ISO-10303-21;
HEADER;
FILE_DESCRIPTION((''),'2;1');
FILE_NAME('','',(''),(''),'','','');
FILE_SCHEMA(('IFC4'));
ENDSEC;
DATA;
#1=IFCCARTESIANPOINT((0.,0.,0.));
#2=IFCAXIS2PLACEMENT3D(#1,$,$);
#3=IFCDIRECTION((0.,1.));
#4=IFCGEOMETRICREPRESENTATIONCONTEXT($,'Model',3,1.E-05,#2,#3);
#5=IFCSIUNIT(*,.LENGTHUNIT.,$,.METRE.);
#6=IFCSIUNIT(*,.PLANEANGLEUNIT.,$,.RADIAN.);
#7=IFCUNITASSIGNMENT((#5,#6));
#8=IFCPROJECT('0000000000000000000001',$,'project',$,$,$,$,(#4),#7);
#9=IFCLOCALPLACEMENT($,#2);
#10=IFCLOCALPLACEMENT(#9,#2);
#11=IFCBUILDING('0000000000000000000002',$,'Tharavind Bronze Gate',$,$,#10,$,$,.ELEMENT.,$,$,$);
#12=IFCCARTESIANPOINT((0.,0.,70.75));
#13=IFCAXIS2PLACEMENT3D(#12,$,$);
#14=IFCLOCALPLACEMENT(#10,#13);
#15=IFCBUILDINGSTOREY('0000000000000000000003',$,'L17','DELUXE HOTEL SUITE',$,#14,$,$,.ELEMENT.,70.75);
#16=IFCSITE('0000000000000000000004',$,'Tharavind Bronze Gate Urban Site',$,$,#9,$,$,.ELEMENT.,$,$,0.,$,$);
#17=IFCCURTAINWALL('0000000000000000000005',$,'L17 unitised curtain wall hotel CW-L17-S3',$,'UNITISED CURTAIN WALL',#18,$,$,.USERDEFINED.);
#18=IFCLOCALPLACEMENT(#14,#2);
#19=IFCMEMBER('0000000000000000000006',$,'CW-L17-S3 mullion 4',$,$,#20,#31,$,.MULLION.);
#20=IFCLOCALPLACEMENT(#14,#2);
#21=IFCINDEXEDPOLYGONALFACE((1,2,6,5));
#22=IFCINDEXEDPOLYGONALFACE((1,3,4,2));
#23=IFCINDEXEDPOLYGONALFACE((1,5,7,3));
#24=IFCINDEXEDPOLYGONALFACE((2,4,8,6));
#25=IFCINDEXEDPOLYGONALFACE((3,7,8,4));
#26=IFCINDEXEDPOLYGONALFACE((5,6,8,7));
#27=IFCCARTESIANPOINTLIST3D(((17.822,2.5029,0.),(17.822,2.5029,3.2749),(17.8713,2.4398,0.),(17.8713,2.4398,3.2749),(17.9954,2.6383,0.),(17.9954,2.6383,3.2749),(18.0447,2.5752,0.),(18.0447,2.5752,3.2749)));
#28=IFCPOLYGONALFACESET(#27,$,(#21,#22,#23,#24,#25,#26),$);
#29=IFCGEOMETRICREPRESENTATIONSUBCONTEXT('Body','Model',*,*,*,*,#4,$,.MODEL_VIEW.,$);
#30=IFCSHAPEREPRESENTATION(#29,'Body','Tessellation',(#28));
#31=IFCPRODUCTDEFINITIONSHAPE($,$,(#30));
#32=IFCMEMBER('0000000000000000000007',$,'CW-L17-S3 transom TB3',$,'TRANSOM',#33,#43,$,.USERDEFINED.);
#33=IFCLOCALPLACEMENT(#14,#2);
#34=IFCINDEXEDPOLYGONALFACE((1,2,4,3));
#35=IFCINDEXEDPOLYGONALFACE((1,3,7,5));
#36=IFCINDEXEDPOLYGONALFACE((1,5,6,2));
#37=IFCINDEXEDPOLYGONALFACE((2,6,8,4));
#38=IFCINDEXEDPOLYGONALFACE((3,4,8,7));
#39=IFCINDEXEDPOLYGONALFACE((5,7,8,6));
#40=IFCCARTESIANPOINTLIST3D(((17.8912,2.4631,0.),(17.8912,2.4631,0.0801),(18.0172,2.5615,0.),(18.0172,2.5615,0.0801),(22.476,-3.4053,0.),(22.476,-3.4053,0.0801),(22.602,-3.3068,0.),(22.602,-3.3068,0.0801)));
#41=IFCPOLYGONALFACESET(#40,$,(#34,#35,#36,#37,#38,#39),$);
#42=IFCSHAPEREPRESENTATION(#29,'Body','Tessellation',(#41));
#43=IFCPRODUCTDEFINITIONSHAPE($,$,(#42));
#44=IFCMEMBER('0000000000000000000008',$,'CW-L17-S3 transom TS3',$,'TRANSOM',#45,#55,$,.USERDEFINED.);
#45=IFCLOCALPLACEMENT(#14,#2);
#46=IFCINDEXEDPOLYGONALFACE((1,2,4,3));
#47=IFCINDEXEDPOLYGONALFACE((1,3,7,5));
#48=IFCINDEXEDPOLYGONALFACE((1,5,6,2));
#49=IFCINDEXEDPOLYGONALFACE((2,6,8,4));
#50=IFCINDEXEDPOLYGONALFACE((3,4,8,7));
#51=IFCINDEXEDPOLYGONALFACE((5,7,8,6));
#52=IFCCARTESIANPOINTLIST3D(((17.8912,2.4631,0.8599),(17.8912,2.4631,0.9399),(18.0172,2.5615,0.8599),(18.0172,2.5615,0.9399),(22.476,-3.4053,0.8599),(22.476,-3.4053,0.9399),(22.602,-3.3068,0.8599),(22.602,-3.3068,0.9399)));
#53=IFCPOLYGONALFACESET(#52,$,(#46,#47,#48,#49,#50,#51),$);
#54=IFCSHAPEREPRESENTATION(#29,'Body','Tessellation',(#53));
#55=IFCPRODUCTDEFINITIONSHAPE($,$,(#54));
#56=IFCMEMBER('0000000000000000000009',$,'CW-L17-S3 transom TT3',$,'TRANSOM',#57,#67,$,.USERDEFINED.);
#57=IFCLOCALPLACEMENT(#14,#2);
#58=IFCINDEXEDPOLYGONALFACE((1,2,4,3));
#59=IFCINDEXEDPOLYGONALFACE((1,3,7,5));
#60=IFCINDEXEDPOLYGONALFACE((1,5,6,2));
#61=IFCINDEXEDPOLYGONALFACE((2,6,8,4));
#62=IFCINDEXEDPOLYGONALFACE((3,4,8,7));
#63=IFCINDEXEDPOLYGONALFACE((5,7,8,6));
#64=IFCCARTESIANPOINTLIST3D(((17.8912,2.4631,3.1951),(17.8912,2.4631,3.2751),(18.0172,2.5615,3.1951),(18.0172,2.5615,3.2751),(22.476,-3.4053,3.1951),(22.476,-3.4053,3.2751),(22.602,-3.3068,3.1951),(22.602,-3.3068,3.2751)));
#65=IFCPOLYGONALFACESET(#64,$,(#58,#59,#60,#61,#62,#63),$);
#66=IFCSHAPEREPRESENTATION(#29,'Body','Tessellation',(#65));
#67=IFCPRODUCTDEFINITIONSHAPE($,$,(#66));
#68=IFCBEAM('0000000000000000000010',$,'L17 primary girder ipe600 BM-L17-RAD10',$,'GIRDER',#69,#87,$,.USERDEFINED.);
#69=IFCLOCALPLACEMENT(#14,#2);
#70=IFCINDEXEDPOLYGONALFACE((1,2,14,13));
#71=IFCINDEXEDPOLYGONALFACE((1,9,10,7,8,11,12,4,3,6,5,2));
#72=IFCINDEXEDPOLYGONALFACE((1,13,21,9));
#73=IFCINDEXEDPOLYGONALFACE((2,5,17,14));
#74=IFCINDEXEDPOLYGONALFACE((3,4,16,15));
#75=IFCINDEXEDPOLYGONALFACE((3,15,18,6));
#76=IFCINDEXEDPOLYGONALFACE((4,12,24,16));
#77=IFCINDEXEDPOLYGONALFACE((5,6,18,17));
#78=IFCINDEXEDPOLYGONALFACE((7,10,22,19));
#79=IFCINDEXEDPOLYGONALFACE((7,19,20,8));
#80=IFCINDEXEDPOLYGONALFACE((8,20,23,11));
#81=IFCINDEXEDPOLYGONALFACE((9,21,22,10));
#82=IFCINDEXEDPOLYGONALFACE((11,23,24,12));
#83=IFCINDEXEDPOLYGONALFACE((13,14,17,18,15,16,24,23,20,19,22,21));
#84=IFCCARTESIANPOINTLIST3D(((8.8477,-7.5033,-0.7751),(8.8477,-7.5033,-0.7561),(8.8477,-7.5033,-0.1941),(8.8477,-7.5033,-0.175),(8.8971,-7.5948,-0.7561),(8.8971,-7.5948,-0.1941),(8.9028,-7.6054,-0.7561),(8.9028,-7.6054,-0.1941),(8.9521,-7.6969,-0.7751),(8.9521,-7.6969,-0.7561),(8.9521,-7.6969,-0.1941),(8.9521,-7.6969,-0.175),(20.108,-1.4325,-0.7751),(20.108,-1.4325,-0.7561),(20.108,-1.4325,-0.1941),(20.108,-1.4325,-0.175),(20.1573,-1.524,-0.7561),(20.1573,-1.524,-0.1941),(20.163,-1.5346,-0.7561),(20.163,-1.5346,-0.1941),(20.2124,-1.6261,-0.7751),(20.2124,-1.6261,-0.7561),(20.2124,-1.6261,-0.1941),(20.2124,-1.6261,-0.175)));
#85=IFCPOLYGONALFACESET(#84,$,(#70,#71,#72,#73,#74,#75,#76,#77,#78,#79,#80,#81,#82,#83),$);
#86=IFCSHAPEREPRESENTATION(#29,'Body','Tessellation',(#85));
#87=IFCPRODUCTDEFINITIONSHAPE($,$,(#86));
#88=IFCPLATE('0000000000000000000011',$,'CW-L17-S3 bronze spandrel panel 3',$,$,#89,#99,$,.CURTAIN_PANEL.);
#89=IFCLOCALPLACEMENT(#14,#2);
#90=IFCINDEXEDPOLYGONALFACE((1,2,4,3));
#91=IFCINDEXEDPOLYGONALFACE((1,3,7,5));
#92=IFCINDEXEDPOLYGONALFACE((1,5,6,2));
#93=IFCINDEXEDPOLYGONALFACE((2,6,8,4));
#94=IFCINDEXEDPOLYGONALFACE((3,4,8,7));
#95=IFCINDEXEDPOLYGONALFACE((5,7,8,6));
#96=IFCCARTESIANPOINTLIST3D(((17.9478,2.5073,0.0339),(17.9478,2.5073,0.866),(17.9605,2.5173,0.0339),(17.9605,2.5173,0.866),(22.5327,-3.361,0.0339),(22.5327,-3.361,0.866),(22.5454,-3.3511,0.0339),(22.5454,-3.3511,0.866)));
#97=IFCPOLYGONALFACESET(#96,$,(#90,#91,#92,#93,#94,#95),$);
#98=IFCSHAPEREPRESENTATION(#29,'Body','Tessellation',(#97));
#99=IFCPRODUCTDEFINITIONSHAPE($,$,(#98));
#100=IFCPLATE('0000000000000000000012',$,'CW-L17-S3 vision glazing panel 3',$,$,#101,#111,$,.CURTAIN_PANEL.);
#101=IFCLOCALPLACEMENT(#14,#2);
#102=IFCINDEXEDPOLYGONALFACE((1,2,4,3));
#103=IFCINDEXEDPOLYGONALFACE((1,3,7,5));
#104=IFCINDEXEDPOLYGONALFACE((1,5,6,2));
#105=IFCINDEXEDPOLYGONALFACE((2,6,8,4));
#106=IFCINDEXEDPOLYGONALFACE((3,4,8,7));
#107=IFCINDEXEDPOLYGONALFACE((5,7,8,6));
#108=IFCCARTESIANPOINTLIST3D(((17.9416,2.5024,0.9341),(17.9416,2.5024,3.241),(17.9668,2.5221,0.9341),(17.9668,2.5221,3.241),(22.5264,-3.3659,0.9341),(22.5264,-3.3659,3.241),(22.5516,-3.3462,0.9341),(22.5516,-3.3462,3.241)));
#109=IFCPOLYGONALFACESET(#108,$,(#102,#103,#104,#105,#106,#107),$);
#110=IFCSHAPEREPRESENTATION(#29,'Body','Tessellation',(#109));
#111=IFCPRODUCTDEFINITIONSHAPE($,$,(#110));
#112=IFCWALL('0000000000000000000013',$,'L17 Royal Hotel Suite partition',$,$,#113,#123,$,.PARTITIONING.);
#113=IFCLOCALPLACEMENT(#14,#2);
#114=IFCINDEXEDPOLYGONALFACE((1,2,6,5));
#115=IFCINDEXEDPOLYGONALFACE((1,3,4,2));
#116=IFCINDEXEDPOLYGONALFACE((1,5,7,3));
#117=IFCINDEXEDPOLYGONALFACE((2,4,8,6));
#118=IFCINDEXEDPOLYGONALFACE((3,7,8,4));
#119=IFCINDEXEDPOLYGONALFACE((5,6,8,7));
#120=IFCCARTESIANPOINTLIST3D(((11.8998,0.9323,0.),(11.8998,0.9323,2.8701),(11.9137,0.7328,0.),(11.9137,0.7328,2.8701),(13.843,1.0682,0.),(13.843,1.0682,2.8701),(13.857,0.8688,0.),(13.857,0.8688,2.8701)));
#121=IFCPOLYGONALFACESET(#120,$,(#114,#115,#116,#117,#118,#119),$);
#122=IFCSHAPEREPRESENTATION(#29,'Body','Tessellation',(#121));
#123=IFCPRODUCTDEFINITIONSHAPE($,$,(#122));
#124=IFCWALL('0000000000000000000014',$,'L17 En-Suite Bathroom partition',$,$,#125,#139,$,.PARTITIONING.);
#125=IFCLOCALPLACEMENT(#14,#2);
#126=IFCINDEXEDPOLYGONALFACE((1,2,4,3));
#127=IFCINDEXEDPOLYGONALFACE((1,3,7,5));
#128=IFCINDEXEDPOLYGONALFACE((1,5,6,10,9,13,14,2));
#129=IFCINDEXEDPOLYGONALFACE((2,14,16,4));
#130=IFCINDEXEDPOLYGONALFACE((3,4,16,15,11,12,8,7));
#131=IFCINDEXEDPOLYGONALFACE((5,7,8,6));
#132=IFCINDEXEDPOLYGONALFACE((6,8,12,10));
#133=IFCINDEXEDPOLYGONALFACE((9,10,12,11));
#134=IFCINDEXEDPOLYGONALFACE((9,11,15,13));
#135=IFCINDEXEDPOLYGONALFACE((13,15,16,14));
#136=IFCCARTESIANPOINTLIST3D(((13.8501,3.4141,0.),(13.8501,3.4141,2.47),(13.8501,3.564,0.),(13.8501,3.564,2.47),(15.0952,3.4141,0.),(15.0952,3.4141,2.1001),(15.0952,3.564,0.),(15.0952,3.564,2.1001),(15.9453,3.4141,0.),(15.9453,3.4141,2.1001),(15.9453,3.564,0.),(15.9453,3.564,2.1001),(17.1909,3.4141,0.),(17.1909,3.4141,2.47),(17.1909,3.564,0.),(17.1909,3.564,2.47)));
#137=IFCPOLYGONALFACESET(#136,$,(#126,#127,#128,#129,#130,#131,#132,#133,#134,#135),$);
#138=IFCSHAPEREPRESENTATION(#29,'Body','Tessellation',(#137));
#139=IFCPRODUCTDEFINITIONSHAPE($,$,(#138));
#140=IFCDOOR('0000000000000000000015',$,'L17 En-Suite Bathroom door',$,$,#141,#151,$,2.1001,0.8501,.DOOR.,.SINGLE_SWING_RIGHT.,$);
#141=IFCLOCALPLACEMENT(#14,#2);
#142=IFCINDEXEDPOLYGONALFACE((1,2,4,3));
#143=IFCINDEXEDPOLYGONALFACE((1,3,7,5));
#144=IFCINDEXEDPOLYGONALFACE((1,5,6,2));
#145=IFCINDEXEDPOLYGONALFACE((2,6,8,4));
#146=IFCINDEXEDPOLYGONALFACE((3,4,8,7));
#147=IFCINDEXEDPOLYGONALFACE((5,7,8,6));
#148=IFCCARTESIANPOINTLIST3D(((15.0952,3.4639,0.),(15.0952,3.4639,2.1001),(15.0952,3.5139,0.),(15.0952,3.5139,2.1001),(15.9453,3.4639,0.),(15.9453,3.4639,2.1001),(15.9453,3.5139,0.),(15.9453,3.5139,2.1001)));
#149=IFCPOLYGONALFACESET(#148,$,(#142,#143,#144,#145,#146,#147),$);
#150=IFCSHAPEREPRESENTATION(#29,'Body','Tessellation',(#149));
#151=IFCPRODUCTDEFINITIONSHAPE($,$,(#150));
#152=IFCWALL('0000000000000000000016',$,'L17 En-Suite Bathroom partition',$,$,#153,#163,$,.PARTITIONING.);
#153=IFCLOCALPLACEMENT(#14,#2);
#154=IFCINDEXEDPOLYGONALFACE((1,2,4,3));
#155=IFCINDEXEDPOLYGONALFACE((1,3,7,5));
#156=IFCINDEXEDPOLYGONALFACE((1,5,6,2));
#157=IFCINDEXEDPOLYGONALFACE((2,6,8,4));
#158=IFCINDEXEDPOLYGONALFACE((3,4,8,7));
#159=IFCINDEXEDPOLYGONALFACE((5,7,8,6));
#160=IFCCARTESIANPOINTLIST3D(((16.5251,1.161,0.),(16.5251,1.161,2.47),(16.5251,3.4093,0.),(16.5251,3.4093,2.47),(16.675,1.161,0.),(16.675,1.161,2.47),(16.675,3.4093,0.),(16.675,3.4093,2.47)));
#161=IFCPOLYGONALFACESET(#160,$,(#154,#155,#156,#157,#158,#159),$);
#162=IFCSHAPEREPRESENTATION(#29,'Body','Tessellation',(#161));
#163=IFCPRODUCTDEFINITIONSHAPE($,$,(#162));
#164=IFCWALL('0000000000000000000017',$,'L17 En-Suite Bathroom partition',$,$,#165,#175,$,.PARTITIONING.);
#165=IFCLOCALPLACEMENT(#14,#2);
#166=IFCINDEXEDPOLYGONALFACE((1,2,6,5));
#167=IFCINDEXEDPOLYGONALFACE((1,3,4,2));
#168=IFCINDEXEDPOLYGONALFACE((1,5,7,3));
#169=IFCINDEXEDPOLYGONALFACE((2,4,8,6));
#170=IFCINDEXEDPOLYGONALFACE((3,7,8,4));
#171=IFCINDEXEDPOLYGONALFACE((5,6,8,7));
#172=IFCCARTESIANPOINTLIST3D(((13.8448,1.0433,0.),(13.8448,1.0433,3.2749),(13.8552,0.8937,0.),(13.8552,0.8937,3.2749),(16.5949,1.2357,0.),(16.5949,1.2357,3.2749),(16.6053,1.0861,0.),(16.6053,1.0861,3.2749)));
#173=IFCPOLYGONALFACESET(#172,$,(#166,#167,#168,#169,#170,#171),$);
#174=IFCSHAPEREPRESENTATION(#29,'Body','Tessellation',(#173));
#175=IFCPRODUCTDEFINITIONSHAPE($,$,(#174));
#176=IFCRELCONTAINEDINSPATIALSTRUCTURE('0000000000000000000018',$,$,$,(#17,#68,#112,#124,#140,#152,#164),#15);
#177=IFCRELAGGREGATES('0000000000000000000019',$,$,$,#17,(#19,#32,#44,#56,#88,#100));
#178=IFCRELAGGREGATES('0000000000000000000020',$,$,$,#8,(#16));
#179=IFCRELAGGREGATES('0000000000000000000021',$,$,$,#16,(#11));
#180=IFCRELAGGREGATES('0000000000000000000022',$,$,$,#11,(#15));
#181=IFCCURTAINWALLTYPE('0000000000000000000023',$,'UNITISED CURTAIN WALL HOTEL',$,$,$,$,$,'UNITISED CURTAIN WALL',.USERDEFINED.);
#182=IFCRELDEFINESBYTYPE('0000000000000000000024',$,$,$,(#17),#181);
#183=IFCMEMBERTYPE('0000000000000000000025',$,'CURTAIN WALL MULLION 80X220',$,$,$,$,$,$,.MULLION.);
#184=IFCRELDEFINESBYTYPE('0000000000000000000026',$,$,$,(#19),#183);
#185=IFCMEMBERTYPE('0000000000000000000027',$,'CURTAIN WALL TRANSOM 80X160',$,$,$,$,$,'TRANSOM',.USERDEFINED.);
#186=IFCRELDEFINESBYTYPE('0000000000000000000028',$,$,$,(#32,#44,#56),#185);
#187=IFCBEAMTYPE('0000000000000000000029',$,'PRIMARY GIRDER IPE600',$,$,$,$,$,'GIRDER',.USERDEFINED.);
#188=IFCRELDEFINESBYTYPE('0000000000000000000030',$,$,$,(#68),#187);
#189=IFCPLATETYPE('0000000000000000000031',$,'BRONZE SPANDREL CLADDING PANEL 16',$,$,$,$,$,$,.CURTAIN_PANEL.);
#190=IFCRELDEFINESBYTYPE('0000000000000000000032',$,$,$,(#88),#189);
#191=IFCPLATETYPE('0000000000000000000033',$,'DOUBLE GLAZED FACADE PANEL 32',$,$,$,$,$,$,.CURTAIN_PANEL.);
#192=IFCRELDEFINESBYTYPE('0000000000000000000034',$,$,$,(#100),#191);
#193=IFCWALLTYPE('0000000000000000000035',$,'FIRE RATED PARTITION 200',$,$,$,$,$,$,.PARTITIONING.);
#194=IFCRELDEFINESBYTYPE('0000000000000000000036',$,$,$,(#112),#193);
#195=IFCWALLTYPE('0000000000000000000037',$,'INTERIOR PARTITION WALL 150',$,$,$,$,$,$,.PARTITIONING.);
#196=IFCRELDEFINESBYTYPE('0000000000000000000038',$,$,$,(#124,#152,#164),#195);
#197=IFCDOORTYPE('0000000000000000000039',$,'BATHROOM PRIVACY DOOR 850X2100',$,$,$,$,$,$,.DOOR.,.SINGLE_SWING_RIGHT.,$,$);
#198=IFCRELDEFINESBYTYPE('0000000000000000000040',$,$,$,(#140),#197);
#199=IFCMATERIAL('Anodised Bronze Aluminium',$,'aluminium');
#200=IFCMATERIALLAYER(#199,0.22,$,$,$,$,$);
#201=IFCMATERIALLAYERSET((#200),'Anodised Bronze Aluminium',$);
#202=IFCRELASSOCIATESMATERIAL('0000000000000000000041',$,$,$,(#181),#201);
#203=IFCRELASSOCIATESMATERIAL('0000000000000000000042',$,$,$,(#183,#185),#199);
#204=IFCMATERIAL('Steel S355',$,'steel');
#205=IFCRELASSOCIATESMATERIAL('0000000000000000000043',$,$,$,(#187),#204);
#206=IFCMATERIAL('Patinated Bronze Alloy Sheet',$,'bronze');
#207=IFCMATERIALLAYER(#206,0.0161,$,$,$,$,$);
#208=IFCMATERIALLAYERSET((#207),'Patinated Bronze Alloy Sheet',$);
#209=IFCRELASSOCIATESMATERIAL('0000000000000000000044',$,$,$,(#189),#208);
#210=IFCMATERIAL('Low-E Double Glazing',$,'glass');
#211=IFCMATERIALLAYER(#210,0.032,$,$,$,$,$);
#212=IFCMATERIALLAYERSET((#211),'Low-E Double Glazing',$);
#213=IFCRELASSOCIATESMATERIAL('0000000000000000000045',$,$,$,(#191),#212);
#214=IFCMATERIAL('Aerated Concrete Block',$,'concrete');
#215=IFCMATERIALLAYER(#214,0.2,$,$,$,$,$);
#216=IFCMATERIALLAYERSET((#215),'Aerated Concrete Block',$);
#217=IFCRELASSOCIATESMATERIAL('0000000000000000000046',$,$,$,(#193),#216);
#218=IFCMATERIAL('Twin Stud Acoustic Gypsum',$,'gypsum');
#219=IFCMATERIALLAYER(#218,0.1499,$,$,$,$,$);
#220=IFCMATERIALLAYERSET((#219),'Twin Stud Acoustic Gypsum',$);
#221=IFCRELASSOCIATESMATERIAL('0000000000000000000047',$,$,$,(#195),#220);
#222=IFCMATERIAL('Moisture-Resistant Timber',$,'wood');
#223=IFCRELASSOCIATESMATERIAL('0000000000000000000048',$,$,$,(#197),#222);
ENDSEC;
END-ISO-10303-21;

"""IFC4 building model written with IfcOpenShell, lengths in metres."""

from ifc_helpers import new_model, si_unit, direction, frame, frame_2d, origin, origin_2d, place, context, subcontext, project, spatial, rectangle, i_section, extrude, material, layer, layer_set, material_profile, profile_set, type_object, element, fill, aggregate, save


model = new_model("IFC4")

# Units and contexts
model_context = context("Model", 3, precision=1e-05, world=origin(), true_north=direction((0.0, 1.0)))
body_context = subcontext(model_context, "Body", "Model", "MODEL_VIEW")
ifc_project = project(units=[si_unit("LENGTHUNIT", "METRE"), si_unit("PLANEANGLEUNIT", "RADIAN")], contexts=[model_context])

# Site, building, storey
site_placement = place(None, origin())
site = spatial("IfcSite", under=ifc_project, at=site_placement, Name="Tharavind Bronze Gate Urban Site", CompositionType="ELEMENT", RefElevation=0.0)
building_placement = place(site_placement, origin())
building = spatial("IfcBuilding", under=site, at=building_placement, Name="Tharavind Bronze Gate", CompositionType="ELEMENT")
storey_placement = place(building_placement, frame((0.0, 0.0, 70.75)))
storey = spatial("IfcBuildingStorey", under=building, at=storey_placement, Name="L17", Description="DELUXE HOTEL SUITE", CompositionType="ELEMENT", Elevation=70.75)

# Curtain wall, members
ifc_material_1 = material(Name="Anodised Bronze Aluminium", Category="aluminium")
ifc_layer_1 = layer(ifc_material_1, 0.22)
ifc_layer_set_1 = layer_set([ifc_layer_1], Name="Anodised Bronze Aluminium")
curtain_wall_type = type_object("IfcCurtainWallType", Name="UNITISED CURTAIN WALL HOTEL", ElementType="UNITISED CURTAIN WALL", PredefinedType="USERDEFINED", material=ifc_layer_set_1)
curtain_wall_placement = place(storey_placement, origin())
curtain_wall = element("IfcCurtainWall", 1, at=curtain_wall_placement, inside=storey, type_object=curtain_wall_type, Name="L17 unitised curtain wall hotel CW-L17-S3", ObjectType="UNITISED CURTAIN WALL", PredefinedType="USERDEFINED")
member_type_1 = type_object("IfcMemberType", Name="CURTAIN WALL MULLION 80X220", PredefinedType="MULLION", material=ifc_material_1)
member_1_placement = place(storey_placement, frame((17.9333, 2.5391, 0.0), z_axis=(0.0, 0.0, 1.0), x_axis=(-0.615661, 0.788011, 0.0)))
member_1 = element("IfcMember", 2, at=member_1_placement, type_object=member_type_1, Name="CW-L17-S3 mullion 4", PredefinedType="MULLION", context=body_context, shape_type="SweptSolid", body=[
    extrude(rectangle(XDim=0.0801, YDim=0.22, at=origin_2d()), origin(), (0.0, 0.0, 1.0), 3.2749),
])
member_type_2 = type_object("IfcMemberType", Name="CURTAIN WALL TRANSOM 80X160", ElementType="TRANSOM", PredefinedType="USERDEFINED", material=ifc_material_1)
member_2_placement = place(storey_placement, frame((20.2466, -0.4219, 0.0), z_axis=(0.0, 0.0, 1.0), x_axis=(-0.615661, 0.788011, 0.0)))
member_2 = element("IfcMember", 3, at=member_2_placement, type_object=member_type_2, Name="CW-L17-S3 transom TB3", ObjectType="TRANSOM", PredefinedType="USERDEFINED", context=body_context, shape_type="SweptSolid", body=[
    extrude(rectangle(XDim=7.447, YDim=0.1599, at=origin_2d()), origin(), (0.0, 0.0, 1.0), 0.0801),
])
member_3_placement = place(storey_placement, frame((20.2466, -0.4219, 0.8599), z_axis=(0.0, 0.0, 1.0), x_axis=(-0.615661, 0.788011, 0.0)))
member_3 = element("IfcMember", 4, at=member_3_placement, type_object=member_type_2, Name="CW-L17-S3 transom TS3", ObjectType="TRANSOM", PredefinedType="USERDEFINED", context=body_context, shape_type="SweptSolid", body=[
    extrude(rectangle(XDim=7.447, YDim=0.1599, at=origin_2d()), origin(), (0.0, 0.0, 1.0), 0.0801),
])
member_4_placement = place(storey_placement, frame((20.2466, -0.4219, 3.1951), z_axis=(0.0, 0.0, 1.0), x_axis=(-0.615661, 0.788011, 0.0)))
member_4 = element("IfcMember", 5, at=member_4_placement, type_object=member_type_2, Name="CW-L17-S3 transom TT3", ObjectType="TRANSOM", PredefinedType="USERDEFINED", context=body_context, shape_type="SweptSolid", body=[
    extrude(rectangle(XDim=7.447, YDim=0.1599, at=origin_2d()), origin(), (0.0, 0.0, 1.0), 0.0801),
])

# Beam
ifc_material_2 = material(Name="Steel S355", Category="steel")
ifc_material_profile = material_profile(ifc_material_2, i_section(OverallWidth=0.22, OverallDepth=0.6001, WebThickness=0.012, FlangeThickness=0.019, at=origin_2d()), Name="IPE600")
ifc_profile_set = profile_set([ifc_material_profile], Name="Steel S355")
beam_type = type_object("IfcBeamType", Name="PRIMARY GIRDER IPE600", ElementType="GIRDER", PredefinedType="USERDEFINED", material=ifc_profile_set)
beam_placement = place(storey_placement, frame((20.1602, -1.5293, -0.4751), z_axis=(-0.880223, -0.47456, 0.0), x_axis=(0.47456, -0.880223, 0.0)))
element("IfcBeam", 6, at=beam_placement, inside=storey, type_object=beam_type, Name="L17 primary girder ipe600 BM-L17-RAD10", ObjectType="GIRDER", PredefinedType="USERDEFINED", context=body_context, shape_type="SweptSolid", body=[
    extrude(i_section(OverallWidth=0.22, OverallDepth=0.6001, WebThickness=0.012, FlangeThickness=0.019, at=origin_2d()), origin(), (0.0, 0.0, 1.0), 12.7925),
])

# Plates
ifc_material_3 = material(Name="Patinated Bronze Alloy Sheet", Category="bronze")
ifc_layer_2 = layer(ifc_material_3, 0.0161)
ifc_layer_set_2 = layer_set([ifc_layer_2], Name="Patinated Bronze Alloy Sheet")
plate_type_1 = type_object("IfcPlateType", Name="BRONZE SPANDREL CLADDING PANEL 16", PredefinedType="CURTAIN_PANEL", material=ifc_layer_set_2)
plate_1_placement = place(storey_placement, frame((20.2466, -0.4219, 0.0339), z_axis=(0.0, 0.0, 1.0), x_axis=(-0.615661, 0.788011, 0.0)))
plate_1 = element("IfcPlate", 7, at=plate_1_placement, type_object=plate_type_1, Name="CW-L17-S3 bronze spandrel panel 3", PredefinedType="CURTAIN_PANEL", context=body_context, shape_type="SweptSolid", body=[
    extrude(rectangle(XDim=7.447, YDim=0.0161, at=origin_2d()), origin(), (0.0, 0.0, 1.0), 0.832),
])
ifc_material_4 = material(Name="Low-E Double Glazing", Category="glass")
ifc_layer_3 = layer(ifc_material_4, 0.032)
ifc_layer_set_3 = layer_set([ifc_layer_3], Name="Low-E Double Glazing")
plate_type_2 = type_object("IfcPlateType", Name="DOUBLE GLAZED FACADE PANEL 32", PredefinedType="CURTAIN_PANEL", material=ifc_layer_set_3)
plate_2_placement = place(storey_placement, frame((20.2466, -0.4219, 0.9341), z_axis=(0.0, 0.0, 1.0), x_axis=(-0.615661, 0.788011, 0.0)))
plate_2 = element("IfcPlate", 8, at=plate_2_placement, type_object=plate_type_2, Name="CW-L17-S3 vision glazing panel 3", PredefinedType="CURTAIN_PANEL", context=body_context, shape_type="SweptSolid", body=[
    extrude(rectangle(XDim=7.447, YDim=0.032, at=origin_2d()), origin(), (0.0, 0.0, 1.0), 2.3069),
])
aggregate(curtain_wall, [member_1, member_2, member_3, member_4, plate_1, plate_2])

# Wall
ifc_material_5 = material(Name="Aerated Concrete Block", Category="concrete")
ifc_layer_4 = layer(ifc_material_5, 0.2)
ifc_layer_set_4 = layer_set([ifc_layer_4], Name="Aerated Concrete Block")
wall_type_1 = type_object("IfcWallType", Name="FIRE RATED PARTITION 200", PredefinedType="PARTITIONING", material=ifc_layer_set_4)
wall_1_placement = place(storey_placement, frame((13.8501, 0.9685, 0.0), z_axis=(0.0, 0.0, 1.0), x_axis=(-0.997561, -0.069804, 0.0)))
element("IfcWall", 9, at=wall_1_placement, inside=storey, type_object=wall_type_1, Name="L17 Royal Hotel Suite partition", PredefinedType="PARTITIONING", context=body_context, shape_type="SweptSolid", body=[
    extrude(rectangle(XDim=1.948, YDim=0.2, at=frame_2d((0.9741, 0.0))), origin(), (0.0, 0.0, 1.0), 2.8701),
])

# Wall, opening, door
ifc_material_6 = material(Name="Twin Stud Acoustic Gypsum", Category="gypsum")
ifc_layer_5 = layer(ifc_material_6, 0.1499)
ifc_layer_set_5 = layer_set([ifc_layer_5], Name="Twin Stud Acoustic Gypsum")
wall_type_2 = type_object("IfcWallType", Name="INTERIOR PARTITION WALL 150", PredefinedType="PARTITIONING", material=ifc_layer_set_5)
wall_2_placement = place(storey_placement, frame((13.8501, 3.489, 0.0), z_axis=(0.0, 0.0, 1.0), x_axis=(1.0, 0.0, 0.0)))
wall_2 = element("IfcWall", 10, at=wall_2_placement, inside=storey, type_object=wall_type_2, Name="L17 En-Suite Bathroom partition", PredefinedType="PARTITIONING", context=body_context, shape_type="SweptSolid", body=[
    extrude(rectangle(XDim=3.3408, YDim=0.1499, at=frame_2d((1.6704, 0.0))), origin(), (0.0, 0.0, 1.0), 2.47),
])
opening_1_placement = place(wall_2_placement, frame((1.2451, 0.0, 0.0)))
opening_1 = element("IfcOpeningElement", 11, at=opening_1_placement, cuts=wall_2, PredefinedType="OPENING", context=body_context, shape_type="SweptSolid", body=[
    extrude(rectangle(XDim=0.8501, YDim=2.1001, at=frame_2d((0.425, 1.05))), frame((0.0, 0.085, 0.0), z_axis=(0.0, -1.0, 0.0), x_axis=(1.0, 0.0, 0.0)), (0.0, 0.0, 1.0), 0.1699),
])
ifc_material_7 = material(Name="Moisture-Resistant Timber", Category="wood")
door_type_1 = type_object("IfcDoorType", Name="BATHROOM PRIVACY DOOR 850X2100", OperationType="SINGLE_SWING_RIGHT", PredefinedType="DOOR", material=ifc_material_7)
door_1_placement = place(opening_1_placement, origin())
door_1 = element("IfcDoor", 12, at=door_1_placement, inside=storey, type_object=door_type_1, Name="L17 En-Suite Bathroom door", OperationType="SINGLE_SWING_RIGHT", OverallHeight=2.1001, OverallWidth=0.8501, PredefinedType="DOOR", context=body_context, shape_type="SweptSolid", body=[
    extrude(rectangle(XDim=0.8501, YDim=2.1001, at=frame_2d((0.425, 1.05))), frame((0.0, 0.0249, 0.0), z_axis=(0.0, -1.0, 0.0), x_axis=(1.0, 0.0, 0.0)), (0.0, 0.0, 1.0), 0.05),
])
fill(opening_1, door_1)

# Walls
wall_3_placement = place(storey_placement, frame((16.6001, 3.4092, 0.0), z_axis=(0.0, 0.0, 1.0), x_axis=(0.0, -1.0, 0.0)))
element("IfcWall", 13, at=wall_3_placement, inside=storey, type_object=wall_type_2, Name="L17 En-Suite Bathroom partition", PredefinedType="PARTITIONING", context=body_context, shape_type="SweptSolid", body=[
    extrude(rectangle(XDim=2.2483, YDim=0.1499, at=frame_2d((1.124, 0.0))), origin(), (0.0, 0.0, 1.0), 2.47),
])
wall_4_placement = place(storey_placement, frame((16.6001, 1.1609, 0.0), z_axis=(0.0, 0.0, 1.0), x_axis=(-0.997562, -0.069787, 0.0)))
element("IfcWall", 14, at=wall_4_placement, inside=storey, type_object=wall_type_2, Name="L17 En-Suite Bathroom partition", PredefinedType="PARTITIONING", context=body_context, shape_type="SweptSolid", body=[
    extrude(rectangle(XDim=2.7568, YDim=0.1499, at=frame_2d((1.3784, 0.0))), origin(), (0.0, 0.0, 1.0), 3.2749),
])

save(model, "model.ifc")
